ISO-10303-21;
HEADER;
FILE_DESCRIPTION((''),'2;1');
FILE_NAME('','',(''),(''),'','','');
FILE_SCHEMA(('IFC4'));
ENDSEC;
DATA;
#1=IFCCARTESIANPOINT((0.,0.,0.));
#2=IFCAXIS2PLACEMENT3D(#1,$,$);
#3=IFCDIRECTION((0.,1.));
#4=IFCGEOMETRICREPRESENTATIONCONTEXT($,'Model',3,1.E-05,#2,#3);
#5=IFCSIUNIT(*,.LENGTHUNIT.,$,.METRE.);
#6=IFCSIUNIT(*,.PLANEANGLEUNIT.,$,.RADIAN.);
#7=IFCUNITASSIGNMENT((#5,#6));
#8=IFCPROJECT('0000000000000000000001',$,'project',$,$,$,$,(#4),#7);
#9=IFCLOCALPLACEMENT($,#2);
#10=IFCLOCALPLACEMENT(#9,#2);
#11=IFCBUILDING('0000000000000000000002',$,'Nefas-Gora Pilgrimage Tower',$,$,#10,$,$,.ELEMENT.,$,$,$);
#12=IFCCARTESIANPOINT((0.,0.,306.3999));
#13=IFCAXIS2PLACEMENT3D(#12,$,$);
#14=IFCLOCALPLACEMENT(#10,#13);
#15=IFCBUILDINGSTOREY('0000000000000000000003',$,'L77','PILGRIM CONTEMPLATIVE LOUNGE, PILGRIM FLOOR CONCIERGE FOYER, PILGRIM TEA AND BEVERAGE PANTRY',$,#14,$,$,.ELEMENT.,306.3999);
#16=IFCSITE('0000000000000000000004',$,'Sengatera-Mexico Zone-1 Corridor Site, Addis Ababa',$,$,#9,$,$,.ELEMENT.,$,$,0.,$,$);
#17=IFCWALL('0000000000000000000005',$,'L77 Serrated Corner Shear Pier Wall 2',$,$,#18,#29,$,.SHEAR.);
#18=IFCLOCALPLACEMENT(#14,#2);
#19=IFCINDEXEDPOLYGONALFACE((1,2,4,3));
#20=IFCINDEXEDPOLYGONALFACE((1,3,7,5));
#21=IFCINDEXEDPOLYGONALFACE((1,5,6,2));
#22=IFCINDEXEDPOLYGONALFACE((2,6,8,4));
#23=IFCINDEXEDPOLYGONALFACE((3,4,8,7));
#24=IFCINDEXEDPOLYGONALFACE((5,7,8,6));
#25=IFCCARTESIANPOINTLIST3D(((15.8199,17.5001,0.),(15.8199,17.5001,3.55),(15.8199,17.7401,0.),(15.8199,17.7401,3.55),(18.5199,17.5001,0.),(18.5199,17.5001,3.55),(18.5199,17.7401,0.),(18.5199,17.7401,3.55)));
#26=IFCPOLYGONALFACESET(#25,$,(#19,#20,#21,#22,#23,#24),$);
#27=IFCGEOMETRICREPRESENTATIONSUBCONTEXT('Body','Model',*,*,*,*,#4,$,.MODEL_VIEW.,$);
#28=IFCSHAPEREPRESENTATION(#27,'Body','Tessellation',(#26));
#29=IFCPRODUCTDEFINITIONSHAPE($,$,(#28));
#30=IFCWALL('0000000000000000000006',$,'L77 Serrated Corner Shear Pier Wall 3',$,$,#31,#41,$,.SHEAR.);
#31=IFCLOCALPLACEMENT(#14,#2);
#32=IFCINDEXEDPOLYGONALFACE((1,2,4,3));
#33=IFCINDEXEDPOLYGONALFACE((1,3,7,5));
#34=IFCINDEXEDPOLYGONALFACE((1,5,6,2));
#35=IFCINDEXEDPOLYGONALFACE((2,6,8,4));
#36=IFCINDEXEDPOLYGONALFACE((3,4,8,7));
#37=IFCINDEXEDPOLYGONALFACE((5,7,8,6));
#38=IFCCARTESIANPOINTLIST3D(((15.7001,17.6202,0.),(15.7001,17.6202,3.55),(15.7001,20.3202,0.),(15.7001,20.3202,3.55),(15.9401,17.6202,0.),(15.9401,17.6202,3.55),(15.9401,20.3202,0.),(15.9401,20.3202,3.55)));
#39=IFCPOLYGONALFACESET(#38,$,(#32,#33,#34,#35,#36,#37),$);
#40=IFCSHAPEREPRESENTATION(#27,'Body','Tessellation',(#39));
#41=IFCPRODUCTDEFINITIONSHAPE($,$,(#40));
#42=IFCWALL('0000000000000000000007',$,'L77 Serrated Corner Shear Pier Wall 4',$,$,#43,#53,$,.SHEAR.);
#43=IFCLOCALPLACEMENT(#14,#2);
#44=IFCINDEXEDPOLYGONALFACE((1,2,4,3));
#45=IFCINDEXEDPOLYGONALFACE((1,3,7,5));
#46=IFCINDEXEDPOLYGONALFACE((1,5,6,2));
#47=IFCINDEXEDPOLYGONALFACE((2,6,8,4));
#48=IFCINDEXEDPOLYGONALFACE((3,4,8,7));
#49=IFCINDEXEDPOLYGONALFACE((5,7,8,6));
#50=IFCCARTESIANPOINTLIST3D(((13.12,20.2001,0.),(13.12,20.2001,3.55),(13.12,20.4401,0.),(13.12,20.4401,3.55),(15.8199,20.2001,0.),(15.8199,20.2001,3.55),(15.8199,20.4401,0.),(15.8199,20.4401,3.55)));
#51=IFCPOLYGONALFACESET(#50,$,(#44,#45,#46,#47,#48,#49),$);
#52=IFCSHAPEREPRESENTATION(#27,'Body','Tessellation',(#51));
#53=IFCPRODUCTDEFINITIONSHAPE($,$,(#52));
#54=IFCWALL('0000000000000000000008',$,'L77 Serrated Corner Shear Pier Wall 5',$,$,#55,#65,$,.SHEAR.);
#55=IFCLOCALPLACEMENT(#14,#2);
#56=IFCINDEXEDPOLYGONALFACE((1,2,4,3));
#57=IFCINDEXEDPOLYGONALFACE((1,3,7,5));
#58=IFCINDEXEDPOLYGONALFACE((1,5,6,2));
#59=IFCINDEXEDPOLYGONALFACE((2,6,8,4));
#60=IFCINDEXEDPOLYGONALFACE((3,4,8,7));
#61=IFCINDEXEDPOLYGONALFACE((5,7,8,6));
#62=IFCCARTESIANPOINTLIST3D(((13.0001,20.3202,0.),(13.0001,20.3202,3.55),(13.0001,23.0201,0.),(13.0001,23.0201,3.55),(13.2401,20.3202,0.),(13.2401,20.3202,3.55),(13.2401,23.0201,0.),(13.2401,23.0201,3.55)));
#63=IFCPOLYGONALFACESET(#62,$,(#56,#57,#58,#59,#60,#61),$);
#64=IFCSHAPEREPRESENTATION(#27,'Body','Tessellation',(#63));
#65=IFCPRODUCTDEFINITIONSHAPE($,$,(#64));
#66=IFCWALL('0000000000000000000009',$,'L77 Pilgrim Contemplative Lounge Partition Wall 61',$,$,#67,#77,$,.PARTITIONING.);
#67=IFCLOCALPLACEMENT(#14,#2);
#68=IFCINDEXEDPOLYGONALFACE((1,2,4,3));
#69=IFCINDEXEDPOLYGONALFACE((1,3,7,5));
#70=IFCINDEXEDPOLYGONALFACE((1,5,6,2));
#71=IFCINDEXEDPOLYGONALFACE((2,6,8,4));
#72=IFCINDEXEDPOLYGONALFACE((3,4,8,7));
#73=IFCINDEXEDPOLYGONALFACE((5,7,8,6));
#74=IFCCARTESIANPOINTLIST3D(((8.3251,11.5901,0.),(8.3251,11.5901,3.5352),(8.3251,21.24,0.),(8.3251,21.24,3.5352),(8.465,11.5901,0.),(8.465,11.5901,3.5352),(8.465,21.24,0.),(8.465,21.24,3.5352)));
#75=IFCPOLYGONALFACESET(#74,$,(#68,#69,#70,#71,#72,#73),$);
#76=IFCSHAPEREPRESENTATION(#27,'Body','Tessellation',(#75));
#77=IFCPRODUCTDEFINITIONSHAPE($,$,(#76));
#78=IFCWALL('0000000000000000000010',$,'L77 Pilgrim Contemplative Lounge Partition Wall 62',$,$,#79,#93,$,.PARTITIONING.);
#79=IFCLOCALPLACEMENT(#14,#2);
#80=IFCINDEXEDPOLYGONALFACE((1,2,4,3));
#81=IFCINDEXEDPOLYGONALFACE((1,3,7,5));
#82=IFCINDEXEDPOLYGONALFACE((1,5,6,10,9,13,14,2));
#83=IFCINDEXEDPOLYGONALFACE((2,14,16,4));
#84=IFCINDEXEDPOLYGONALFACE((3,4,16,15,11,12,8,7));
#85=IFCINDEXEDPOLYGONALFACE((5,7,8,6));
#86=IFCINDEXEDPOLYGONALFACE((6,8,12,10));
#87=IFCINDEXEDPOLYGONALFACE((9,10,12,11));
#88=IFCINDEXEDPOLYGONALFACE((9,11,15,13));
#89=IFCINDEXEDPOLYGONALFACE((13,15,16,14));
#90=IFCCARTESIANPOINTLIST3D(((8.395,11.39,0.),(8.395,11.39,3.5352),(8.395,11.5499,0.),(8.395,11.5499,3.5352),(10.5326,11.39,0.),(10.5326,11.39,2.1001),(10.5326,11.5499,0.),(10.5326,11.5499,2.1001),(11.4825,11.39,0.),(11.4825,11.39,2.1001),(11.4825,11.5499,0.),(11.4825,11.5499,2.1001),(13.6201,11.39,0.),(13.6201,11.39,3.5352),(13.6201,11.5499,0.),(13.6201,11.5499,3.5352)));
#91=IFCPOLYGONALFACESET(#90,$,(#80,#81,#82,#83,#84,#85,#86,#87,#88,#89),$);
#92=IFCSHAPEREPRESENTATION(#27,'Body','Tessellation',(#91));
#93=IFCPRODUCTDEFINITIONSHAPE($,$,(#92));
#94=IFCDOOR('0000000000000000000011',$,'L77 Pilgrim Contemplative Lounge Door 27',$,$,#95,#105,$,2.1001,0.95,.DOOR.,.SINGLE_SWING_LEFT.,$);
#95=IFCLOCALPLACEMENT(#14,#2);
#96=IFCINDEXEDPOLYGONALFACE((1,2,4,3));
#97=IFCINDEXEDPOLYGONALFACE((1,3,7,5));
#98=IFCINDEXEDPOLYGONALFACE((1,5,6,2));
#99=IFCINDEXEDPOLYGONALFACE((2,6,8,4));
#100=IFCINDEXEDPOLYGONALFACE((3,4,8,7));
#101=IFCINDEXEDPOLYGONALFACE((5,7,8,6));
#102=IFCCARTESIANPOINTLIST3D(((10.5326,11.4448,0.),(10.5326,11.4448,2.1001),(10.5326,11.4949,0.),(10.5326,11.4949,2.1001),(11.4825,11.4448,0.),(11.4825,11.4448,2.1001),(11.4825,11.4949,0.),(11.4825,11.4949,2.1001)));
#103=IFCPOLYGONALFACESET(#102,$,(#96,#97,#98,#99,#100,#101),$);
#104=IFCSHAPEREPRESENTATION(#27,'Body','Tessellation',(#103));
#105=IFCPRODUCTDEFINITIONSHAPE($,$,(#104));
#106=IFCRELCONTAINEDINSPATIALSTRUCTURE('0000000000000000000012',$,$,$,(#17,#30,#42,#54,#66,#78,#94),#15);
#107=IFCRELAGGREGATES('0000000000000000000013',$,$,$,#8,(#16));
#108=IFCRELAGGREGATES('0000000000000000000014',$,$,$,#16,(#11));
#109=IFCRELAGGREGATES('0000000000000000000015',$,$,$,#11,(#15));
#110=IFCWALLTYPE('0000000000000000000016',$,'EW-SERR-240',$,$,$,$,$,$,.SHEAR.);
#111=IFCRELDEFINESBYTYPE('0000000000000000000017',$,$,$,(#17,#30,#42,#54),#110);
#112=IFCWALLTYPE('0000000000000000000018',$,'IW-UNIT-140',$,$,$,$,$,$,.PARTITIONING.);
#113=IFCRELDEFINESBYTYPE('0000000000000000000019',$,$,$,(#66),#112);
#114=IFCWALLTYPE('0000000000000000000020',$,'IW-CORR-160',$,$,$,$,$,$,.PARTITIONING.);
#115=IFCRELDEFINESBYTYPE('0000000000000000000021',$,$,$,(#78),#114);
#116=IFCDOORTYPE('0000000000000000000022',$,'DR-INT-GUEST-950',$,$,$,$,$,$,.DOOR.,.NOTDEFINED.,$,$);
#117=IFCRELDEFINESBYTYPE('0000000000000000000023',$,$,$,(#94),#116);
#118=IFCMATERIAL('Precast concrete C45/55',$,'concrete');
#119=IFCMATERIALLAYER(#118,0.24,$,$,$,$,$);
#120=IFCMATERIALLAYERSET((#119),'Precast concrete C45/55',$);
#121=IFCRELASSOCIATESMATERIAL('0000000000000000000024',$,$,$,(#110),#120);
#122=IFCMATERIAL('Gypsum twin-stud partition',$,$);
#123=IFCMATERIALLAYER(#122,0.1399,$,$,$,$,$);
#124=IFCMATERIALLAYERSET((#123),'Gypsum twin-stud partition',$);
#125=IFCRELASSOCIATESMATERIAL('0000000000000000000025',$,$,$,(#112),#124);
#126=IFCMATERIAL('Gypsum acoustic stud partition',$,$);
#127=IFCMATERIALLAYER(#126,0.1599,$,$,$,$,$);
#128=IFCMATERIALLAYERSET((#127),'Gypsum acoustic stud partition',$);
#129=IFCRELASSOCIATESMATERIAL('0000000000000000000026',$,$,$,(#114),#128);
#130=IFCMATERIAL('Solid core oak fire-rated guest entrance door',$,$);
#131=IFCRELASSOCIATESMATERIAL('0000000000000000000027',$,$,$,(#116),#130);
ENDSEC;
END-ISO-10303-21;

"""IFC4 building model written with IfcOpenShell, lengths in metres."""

from ifc_helpers import new_model, si_unit, direction, frame, frame_2d, origin, place, context, subcontext, project, spatial, rectangle, extrude, source, transform, mapped, material, layer, layer_set, type_object, element, fill, save


model = new_model("IFC4")

# Units and contexts
model_context = context("Model", 3, precision=1e-05, world=origin(), true_north=direction((0.0, 1.0)))
body_context = subcontext(model_context, "Body", "Model", "MODEL_VIEW")
ifc_project = project(units=[si_unit("LENGTHUNIT", "METRE"), si_unit("PLANEANGLEUNIT", "RADIAN")], contexts=[model_context])

# Site, building, storey
site_placement = place(None, origin())
site = spatial("IfcSite", under=ifc_project, at=site_placement, Name="Sengatera-Mexico Zone-1 Corridor Site, Addis Ababa", CompositionType="ELEMENT", RefElevation=0.0)
building_placement = place(site_placement, origin())
building = spatial("IfcBuilding", under=site, at=building_placement, Name="Nefas-Gora Pilgrimage Tower", CompositionType="ELEMENT")
storey_placement = place(building_placement, frame((0.0, 0.0, 306.3999)))
storey = spatial("IfcBuildingStorey", under=building, at=storey_placement, Name="L77", Description="PILGRIM CONTEMPLATIVE LOUNGE, PILGRIM FLOOR CONCIERGE FOYER, PILGRIM TEA AND BEVERAGE PANTRY", CompositionType="ELEMENT", Elevation=306.3999)

# Walls
ifc_material_1 = material(Name="Precast concrete C45/55", Category="concrete")
ifc_layer_1 = layer(ifc_material_1, 0.24)
ifc_layer_set_1 = layer_set([ifc_layer_1], Name="Precast concrete C45/55")
wall_type_1 = type_object("IfcWallType", Name="EW-SERR-240", PredefinedType="SHEAR", material=ifc_layer_set_1)
shared_shape_1 = source(origin(), body_context, "Body", "SweptSolid", [
    extrude(rectangle(XDim=2.7, YDim=0.24, at=frame_2d((1.3501, 0.0))), origin(), (0.0, 0.0, 1.0), 3.55),
])
for number, where, z_axis, x_axis, name in (
    (1, (18.52, 17.6201, 0.0), (0.0, 0.0, 1.0), (-1.0, 0.0, 0.0), "L77 Serrated Corner Shear Pier Wall 2"),
    (2, (15.8201, 17.6201, 0.0), (0.0, 0.0, 1.0), (0.0, 1.0, 0.0), "L77 Serrated Corner Shear Pier Wall 3"),
    (3, (15.8201, 20.3201, 0.0), (0.0, 0.0, 1.0), (-1.0, 0.0, 0.0), "L77 Serrated Corner Shear Pier Wall 4"),
    (4, (13.1201, 20.3201, 0.0), (0.0, 0.0, 1.0), (0.0, 1.0, 0.0), "L77 Serrated Corner Shear Pier Wall 5"),
):
    element("IfcWall", number, at=place(storey_placement, frame(where, z_axis=z_axis, x_axis=x_axis)), inside=storey, type_object=wall_type_1, Name=name, PredefinedType="SHEAR", context=body_context, shape_type="MappedRepresentation", body=[
        mapped(shared_shape_1, transform((0.0, 0.0, 0.0), x_axis=(1.0, 0.0, 0.0), y_axis=(0.0, 1.0, 0.0), z_axis=(0.0, 0.0, 1.0), scale=1.0)),
    ])
ifc_material_2 = material(Name="Gypsum twin-stud partition")
ifc_layer_2 = layer(ifc_material_2, 0.1399)
ifc_layer_set_2 = layer_set([ifc_layer_2], Name="Gypsum twin-stud partition")
wall_type_2 = type_object("IfcWallType", Name="IW-UNIT-140", PredefinedType="PARTITIONING", material=ifc_layer_set_2)
shared_shape_2 = source(origin(), body_context, "Body", "SweptSolid", [
    extrude(rectangle(XDim=9.6499, YDim=0.1399, at=frame_2d((4.825, 0.0))), origin(), (0.0, 0.0, 1.0), 3.5352),
])
wall_1_placement = place(storey_placement, frame((8.395, 11.5901, 0.0), z_axis=(0.0, 0.0, 1.0), x_axis=(0.0, 1.0, 0.0)))
element("IfcWall", 5, at=wall_1_placement, inside=storey, type_object=wall_type_2, Name="L77 Pilgrim Contemplative Lounge Partition Wall 61", PredefinedType="PARTITIONING", context=body_context, shape_type="MappedRepresentation", body=[
    mapped(shared_shape_2, transform((0.0, 0.0, 0.0), x_axis=(1.0, 0.0, 0.0), y_axis=(0.0, 1.0, 0.0), z_axis=(0.0, 0.0, 1.0), scale=1.0)),
])

# Wall, opening, door
ifc_material_3 = material(Name="Gypsum acoustic stud partition")
ifc_layer_3 = layer(ifc_material_3, 0.1599)
ifc_layer_set_3 = layer_set([ifc_layer_3], Name="Gypsum acoustic stud partition")
wall_type_3 = type_object("IfcWallType", Name="IW-CORR-160", PredefinedType="PARTITIONING", material=ifc_layer_set_3)
shared_shape_3 = source(origin(), body_context, "Body", "SweptSolid", [
    extrude(rectangle(XDim=5.2251, YDim=0.1599, at=frame_2d((2.6125, 0.0))), origin(), (0.0, 0.0, 1.0), 3.5352),
])
wall_2_placement = place(storey_placement, frame((8.395, 11.47, 0.0), z_axis=(0.0, 0.0, 1.0), x_axis=(1.0, 0.0, 0.0)))
wall_2 = element("IfcWall", 6, at=wall_2_placement, inside=storey, type_object=wall_type_3, Name="L77 Pilgrim Contemplative Lounge Partition Wall 62", PredefinedType="PARTITIONING", context=body_context, shape_type="MappedRepresentation", body=[
    mapped(shared_shape_3, transform((0.0, 0.0, 0.0), x_axis=(1.0, 0.0, 0.0), y_axis=(0.0, 1.0, 0.0), z_axis=(0.0, 0.0, 1.0), scale=1.0)),
])
opening_placement = place(wall_2_placement, frame((2.1375, 0.0, 0.0)))
opening = element("IfcOpeningElement", 7, at=opening_placement, cuts=wall_2, PredefinedType="OPENING", context=body_context, shape_type="SweptSolid", body=[
    extrude(rectangle(XDim=0.95, YDim=2.1001, at=frame_2d((0.4751, 1.05))), frame((0.0, 0.0898, 0.0), z_axis=(0.0, -1.0, 0.0), x_axis=(1.0, 0.0, 0.0)), (0.0, 0.0, 1.0), 0.1799),
])
ifc_material_4 = material(Name="Solid core oak fire-rated guest entrance door")
door_type = type_object("IfcDoorType", Name="DR-INT-GUEST-950", OperationType="NOTDEFINED", PredefinedType="DOOR", material=ifc_material_4)
shared_shape_4 = source(origin(), body_context, "Body", "SweptSolid", [
    extrude(rectangle(XDim=0.95, YDim=2.1001, at=frame_2d((0.4751, 1.05))), frame((0.0, 0.0249, 0.0), z_axis=(0.0, -1.0, 0.0), x_axis=(1.0, 0.0, 0.0)), (0.0, 0.0, 1.0), 0.05),
])
door_placement = place(opening_placement, origin())
door = element("IfcDoor", 8, at=door_placement, inside=storey, type_object=door_type, Name="L77 Pilgrim Contemplative Lounge Door 27", OperationType="SINGLE_SWING_LEFT", OverallHeight=2.1001, OverallWidth=0.95, PredefinedType="DOOR", context=body_context, shape_type="MappedRepresentation", body=[
    mapped(shared_shape_4, transform((0.0, 0.0, 0.0), x_axis=(1.0, 0.0, 0.0), y_axis=(0.0, 1.0, 0.0), z_axis=(0.0, 0.0, 1.0), scale=1.0)),
])
fill(opening, door)

save(model, "model.ifc")
